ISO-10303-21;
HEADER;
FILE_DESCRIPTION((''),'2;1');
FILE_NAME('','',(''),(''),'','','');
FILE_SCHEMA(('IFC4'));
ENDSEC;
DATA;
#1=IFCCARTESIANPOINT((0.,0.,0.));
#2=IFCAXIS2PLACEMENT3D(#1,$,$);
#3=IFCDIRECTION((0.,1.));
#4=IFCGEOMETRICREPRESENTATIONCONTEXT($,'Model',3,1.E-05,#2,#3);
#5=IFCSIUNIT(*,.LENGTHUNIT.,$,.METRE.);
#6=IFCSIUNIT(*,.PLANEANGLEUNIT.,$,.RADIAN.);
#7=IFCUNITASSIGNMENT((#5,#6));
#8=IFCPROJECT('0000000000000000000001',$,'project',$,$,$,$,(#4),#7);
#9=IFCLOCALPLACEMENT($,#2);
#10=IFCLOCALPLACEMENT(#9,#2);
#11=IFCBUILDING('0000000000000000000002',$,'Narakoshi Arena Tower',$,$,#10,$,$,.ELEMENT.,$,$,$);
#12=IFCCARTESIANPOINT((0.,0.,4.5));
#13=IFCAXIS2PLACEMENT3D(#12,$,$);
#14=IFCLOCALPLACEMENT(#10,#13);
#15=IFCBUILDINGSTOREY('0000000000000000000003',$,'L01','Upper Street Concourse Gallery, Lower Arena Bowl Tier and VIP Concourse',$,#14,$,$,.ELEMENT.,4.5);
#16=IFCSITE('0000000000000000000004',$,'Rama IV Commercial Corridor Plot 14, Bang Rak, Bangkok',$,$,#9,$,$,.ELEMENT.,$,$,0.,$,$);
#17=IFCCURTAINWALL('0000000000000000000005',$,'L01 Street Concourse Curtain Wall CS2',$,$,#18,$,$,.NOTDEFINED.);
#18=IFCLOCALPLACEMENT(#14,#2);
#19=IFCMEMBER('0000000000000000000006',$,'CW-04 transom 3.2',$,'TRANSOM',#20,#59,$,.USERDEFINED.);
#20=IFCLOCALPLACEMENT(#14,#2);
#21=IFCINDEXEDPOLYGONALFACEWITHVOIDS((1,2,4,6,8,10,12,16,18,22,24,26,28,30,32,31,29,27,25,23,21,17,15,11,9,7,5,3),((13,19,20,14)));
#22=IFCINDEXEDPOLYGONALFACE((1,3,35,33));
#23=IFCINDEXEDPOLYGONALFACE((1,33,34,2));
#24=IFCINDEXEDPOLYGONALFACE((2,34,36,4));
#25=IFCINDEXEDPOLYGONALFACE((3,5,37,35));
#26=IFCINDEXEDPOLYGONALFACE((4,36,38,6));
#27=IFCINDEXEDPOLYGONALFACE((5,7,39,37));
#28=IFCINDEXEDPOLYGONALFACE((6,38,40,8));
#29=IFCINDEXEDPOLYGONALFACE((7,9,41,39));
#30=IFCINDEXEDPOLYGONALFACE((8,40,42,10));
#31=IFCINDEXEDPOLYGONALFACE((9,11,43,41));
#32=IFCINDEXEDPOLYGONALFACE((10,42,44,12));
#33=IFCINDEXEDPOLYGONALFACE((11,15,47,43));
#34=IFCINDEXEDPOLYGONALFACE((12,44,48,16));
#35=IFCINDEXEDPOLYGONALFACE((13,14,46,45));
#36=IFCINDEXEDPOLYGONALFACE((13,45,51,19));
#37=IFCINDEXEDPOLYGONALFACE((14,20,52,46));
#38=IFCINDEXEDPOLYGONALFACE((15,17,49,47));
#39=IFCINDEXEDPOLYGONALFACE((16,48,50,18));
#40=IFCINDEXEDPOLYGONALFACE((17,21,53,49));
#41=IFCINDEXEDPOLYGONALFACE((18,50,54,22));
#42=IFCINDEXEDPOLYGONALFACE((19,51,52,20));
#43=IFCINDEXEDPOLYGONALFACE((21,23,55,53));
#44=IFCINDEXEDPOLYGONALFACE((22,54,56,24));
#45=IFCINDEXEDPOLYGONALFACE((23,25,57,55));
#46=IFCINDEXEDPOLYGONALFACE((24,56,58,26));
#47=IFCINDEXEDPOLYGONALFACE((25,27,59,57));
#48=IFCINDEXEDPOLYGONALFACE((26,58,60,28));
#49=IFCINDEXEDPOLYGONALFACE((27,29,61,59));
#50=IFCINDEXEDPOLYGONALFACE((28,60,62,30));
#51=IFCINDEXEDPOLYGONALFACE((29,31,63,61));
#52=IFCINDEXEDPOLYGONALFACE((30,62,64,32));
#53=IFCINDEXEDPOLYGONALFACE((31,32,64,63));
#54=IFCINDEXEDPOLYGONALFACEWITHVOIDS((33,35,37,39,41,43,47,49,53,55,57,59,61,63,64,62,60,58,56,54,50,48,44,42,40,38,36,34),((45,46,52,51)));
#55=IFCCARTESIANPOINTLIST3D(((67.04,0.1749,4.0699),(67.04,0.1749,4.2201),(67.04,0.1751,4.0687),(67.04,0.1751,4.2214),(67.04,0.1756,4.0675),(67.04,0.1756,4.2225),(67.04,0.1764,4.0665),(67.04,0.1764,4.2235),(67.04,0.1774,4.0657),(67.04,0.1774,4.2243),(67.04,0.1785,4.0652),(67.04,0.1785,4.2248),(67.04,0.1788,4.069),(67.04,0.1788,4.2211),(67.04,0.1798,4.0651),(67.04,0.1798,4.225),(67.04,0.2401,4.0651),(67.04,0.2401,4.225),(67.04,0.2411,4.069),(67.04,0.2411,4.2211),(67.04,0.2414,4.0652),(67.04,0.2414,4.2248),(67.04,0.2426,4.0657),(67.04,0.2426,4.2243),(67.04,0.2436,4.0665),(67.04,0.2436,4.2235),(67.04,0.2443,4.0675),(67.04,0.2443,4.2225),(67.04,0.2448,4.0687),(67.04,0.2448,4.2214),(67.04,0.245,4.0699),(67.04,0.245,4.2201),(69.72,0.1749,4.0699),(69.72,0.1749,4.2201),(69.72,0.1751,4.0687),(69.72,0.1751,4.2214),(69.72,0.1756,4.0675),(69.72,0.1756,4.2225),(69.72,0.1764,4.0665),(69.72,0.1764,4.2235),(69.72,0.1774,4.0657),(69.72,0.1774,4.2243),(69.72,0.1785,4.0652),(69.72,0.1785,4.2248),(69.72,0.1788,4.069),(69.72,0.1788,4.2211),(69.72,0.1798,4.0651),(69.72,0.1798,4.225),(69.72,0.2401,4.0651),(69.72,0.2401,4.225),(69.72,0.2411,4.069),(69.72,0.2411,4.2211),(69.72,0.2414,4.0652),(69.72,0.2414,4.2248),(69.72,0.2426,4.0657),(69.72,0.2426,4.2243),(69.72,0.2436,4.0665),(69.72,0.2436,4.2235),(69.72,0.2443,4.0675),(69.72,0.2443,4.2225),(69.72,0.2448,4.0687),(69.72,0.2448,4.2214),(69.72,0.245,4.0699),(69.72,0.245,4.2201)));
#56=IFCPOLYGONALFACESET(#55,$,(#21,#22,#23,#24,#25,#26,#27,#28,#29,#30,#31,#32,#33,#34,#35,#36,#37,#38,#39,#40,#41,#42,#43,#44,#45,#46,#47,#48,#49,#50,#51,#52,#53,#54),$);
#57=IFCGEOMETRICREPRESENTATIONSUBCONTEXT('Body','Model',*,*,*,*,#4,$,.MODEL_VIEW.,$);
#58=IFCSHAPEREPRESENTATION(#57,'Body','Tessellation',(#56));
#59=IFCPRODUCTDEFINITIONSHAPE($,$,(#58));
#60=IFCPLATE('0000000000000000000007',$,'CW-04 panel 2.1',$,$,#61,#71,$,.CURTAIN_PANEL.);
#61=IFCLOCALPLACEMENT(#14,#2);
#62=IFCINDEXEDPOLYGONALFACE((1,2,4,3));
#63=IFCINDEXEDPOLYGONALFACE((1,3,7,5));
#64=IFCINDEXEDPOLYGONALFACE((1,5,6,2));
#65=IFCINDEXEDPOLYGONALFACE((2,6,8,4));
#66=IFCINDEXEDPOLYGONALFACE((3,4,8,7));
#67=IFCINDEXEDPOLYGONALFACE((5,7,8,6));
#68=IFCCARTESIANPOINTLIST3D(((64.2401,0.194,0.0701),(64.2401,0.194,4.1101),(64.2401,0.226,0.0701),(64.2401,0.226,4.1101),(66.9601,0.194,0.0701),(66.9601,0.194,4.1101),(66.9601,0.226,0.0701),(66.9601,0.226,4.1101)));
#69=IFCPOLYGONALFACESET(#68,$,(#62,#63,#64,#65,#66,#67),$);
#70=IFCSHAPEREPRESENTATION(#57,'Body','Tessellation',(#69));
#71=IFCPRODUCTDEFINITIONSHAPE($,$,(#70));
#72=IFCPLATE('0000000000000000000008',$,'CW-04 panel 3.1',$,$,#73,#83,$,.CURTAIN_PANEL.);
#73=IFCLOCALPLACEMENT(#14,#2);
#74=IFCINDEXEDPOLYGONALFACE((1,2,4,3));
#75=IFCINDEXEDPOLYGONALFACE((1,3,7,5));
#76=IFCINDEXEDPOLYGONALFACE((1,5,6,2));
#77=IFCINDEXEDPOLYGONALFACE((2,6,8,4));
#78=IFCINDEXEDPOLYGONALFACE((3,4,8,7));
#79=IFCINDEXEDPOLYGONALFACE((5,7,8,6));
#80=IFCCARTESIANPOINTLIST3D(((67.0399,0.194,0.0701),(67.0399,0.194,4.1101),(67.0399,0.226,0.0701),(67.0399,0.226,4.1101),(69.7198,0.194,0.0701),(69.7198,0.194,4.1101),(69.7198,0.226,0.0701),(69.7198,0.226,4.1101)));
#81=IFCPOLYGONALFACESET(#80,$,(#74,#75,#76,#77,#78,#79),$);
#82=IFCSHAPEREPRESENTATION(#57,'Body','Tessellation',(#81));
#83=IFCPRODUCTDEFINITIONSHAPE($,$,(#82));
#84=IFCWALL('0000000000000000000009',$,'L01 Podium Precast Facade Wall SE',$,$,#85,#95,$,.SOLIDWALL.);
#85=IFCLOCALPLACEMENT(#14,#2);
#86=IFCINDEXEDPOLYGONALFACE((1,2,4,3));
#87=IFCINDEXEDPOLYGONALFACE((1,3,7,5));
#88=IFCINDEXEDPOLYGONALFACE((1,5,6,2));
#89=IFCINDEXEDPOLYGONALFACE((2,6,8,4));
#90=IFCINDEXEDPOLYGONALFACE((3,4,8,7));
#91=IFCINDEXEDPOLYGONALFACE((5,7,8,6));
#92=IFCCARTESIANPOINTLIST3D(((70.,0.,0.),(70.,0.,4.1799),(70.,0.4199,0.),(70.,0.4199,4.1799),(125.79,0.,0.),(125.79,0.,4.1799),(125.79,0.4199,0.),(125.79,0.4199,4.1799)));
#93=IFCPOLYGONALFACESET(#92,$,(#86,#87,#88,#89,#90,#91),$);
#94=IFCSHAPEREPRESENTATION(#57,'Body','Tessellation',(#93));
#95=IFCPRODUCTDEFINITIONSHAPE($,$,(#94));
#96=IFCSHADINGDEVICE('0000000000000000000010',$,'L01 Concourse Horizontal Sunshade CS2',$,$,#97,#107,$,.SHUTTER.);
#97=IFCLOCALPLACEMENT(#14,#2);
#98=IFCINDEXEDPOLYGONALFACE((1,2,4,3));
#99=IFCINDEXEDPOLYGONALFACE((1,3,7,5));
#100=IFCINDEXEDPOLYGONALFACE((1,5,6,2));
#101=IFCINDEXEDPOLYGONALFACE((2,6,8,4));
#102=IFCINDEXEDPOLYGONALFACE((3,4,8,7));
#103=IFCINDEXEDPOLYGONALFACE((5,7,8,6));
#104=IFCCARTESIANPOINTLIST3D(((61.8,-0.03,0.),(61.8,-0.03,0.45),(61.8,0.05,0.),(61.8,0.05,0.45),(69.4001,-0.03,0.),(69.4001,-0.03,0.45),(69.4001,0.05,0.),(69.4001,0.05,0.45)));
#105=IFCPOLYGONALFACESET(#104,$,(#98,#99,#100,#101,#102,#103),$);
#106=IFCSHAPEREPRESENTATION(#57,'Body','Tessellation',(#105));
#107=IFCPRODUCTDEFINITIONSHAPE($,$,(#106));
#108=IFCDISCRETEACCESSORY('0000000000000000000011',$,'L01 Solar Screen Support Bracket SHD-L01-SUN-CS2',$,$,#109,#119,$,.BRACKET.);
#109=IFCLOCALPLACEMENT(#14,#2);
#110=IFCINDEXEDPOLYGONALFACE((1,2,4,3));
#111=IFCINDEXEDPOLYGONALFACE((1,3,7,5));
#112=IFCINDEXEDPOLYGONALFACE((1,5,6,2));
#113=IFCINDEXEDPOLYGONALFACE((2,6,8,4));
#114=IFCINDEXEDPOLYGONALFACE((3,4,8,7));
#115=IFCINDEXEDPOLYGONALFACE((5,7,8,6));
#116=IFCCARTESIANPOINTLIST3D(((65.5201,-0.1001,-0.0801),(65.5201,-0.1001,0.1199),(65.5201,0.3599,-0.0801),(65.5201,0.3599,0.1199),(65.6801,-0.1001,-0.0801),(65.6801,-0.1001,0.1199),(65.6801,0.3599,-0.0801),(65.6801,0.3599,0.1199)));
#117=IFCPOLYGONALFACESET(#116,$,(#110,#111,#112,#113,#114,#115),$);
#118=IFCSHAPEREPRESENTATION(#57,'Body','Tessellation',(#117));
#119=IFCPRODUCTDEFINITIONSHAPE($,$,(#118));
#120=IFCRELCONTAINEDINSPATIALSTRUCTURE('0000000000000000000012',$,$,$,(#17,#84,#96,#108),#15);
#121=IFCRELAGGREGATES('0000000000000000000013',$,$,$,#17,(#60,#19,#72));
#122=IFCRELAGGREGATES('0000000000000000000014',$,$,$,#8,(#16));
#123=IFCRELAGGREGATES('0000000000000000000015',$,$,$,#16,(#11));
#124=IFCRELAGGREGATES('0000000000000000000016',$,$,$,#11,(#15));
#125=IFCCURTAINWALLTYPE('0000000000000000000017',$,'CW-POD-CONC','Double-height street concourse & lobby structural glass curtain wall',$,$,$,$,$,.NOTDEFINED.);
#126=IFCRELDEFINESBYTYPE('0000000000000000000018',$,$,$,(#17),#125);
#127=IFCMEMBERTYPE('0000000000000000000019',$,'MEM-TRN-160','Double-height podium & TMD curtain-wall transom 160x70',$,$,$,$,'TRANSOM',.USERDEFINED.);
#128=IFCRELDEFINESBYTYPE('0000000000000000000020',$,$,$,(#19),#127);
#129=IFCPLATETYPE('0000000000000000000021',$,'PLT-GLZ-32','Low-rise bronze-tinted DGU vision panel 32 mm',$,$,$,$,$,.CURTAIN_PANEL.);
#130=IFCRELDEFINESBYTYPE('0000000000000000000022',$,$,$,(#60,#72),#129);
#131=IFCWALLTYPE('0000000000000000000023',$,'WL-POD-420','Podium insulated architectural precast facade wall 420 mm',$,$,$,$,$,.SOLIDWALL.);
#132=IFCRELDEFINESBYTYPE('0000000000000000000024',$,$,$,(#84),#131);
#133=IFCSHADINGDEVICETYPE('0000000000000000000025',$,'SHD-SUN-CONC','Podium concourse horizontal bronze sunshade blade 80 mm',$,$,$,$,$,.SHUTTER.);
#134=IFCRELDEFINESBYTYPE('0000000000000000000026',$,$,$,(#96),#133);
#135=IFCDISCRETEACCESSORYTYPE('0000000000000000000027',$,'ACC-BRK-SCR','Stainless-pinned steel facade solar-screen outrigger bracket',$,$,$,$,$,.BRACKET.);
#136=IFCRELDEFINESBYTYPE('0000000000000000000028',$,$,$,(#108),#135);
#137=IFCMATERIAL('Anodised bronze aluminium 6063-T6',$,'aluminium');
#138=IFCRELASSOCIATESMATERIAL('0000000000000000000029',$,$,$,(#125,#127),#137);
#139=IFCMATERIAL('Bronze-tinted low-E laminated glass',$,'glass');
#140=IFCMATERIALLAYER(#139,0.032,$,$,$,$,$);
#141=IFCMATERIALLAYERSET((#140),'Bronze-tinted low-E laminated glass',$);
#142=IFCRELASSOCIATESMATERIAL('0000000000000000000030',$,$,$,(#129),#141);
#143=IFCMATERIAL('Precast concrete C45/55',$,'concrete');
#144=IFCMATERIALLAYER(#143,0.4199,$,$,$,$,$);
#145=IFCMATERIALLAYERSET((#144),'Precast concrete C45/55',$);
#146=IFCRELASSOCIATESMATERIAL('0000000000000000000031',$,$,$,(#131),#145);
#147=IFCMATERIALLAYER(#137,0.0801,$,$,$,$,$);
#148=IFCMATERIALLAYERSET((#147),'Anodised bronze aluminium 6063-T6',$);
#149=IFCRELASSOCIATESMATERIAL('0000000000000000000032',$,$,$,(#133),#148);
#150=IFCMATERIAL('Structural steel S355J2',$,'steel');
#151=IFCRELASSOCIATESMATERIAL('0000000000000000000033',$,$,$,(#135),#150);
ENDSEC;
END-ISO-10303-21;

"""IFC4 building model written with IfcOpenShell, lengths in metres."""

from ifc_helpers import new_model, si_unit, direction, frame, frame_2d, origin, origin_2d, place, context, subcontext, project, spatial, rectangle, hollow_rectangle, extrude, material, layer, layer_set, material_profile, profile_set, type_object, element, aggregate, save


model = new_model("IFC4")

# Units and contexts
model_context = context("Model", 3, precision=1e-05, world=origin(), true_north=direction((0.0, 1.0)))
body_context = subcontext(model_context, "Body", "Model", "MODEL_VIEW")
ifc_project = project(units=[si_unit("LENGTHUNIT", "METRE"), si_unit("PLANEANGLEUNIT", "RADIAN")], contexts=[model_context])

# Site, building, storey
site_placement = place(None, origin())
site = spatial("IfcSite", under=ifc_project, at=site_placement, Name="Rama IV Commercial Corridor Plot 14, Bang Rak, Bangkok", CompositionType="ELEMENT", RefElevation=0.0)
building_placement = place(site_placement, origin())
building = spatial("IfcBuilding", under=site, at=building_placement, Name="Narakoshi Arena Tower", CompositionType="ELEMENT")
storey_placement = place(building_placement, frame((0.0, 0.0, 4.5)))
storey = spatial("IfcBuildingStorey", under=building, at=storey_placement, Name="L01", Description="Upper Street Concourse Gallery, Lower Arena Bowl Tier and VIP Concourse", CompositionType="ELEMENT", Elevation=4.5)

# Shared definitions
ifc_material_1 = material(Name="Structural steel S355J2", Category="steel")

# Curtain wall, member, plates
ifc_material_2 = material(Name="Anodised bronze aluminium 6063-T6", Category="aluminium")
curtain_wall_type = type_object("IfcCurtainWallType", Name="CW-POD-CONC", Description="Double-height street concourse & lobby structural glass curtain wall", PredefinedType="NOTDEFINED", material=ifc_material_2)
curtain_wall_placement = place(storey_placement, origin())
curtain_wall = element("IfcCurtainWall", 1, at=curtain_wall_placement, inside=storey, type_object=curtain_wall_type, Name="L01 Street Concourse Curtain Wall CS2", PredefinedType="NOTDEFINED")
ifc_material_profile_1 = material_profile(ifc_material_2, hollow_rectangle(XDim=0.0701, YDim=0.1599, WallThickness=0.0039, OuterFilletRadius=0.0049, at=origin_2d()), Name="TRN160x70x4")
ifc_profile_set_1 = profile_set([ifc_material_profile_1], Name="Anodised bronze aluminium 6063-T6")
member_type_1 = type_object("IfcMemberType", Name="MEM-TRN-160", Description="Double-height podium & TMD curtain-wall transom 160x70", ElementType="TRANSOM", PredefinedType="USERDEFINED", material=ifc_profile_set_1)
member_1_placement = place(storey_placement, frame((67.04, 0.21, 4.145), z_axis=(1.0, 0.0, 0.0), x_axis=(0.0, 1.0, 0.0)))
member_1 = element("IfcMember", 2, at=member_1_placement, type_object=member_type_1, Name="CW-04 transom 3.2", ObjectType="TRANSOM", PredefinedType="USERDEFINED", context=body_context, shape_type="SweptSolid", body=[
    extrude(hollow_rectangle(XDim=0.0701, YDim=0.1599, WallThickness=0.0039, OuterFilletRadius=0.0049, at=origin_2d()), origin(), (0.0, 0.0, 1.0), 2.6799),
])
ifc_material_3 = material(Name="Bronze-tinted low-E laminated glass", Category="glass")
ifc_layer_1 = layer(ifc_material_3, 0.032)
ifc_layer_set_1 = layer_set([ifc_layer_1], Name="Bronze-tinted low-E laminated glass")
plate_type = type_object("IfcPlateType", Name="PLT-GLZ-32", Description="Low-rise bronze-tinted DGU vision panel 32 mm", PredefinedType="CURTAIN_PANEL", material=ifc_layer_set_1)
plate_1_placement = place(storey_placement, frame((65.6001, 0.21, 0.0701), z_axis=(0.0, 0.0, 1.0), x_axis=(1.0, 0.0, 0.0)))
plate_1 = element("IfcPlate", 3, at=plate_1_placement, type_object=plate_type, Name="CW-04 panel 2.1", PredefinedType="CURTAIN_PANEL", context=body_context, shape_type="SweptSolid", body=[
    extrude(rectangle(XDim=2.72, YDim=0.032, at=origin_2d()), origin(), (0.0, 0.0, 1.0), 4.04),
])
plate_2_placement = place(storey_placement, frame((68.3799, 0.21, 0.0701), z_axis=(0.0, 0.0, 1.0), x_axis=(1.0, 0.0, 0.0)))
plate_2 = element("IfcPlate", 4, at=plate_2_placement, type_object=plate_type, Name="CW-04 panel 3.1", PredefinedType="CURTAIN_PANEL", context=body_context, shape_type="SweptSolid", body=[
    extrude(rectangle(XDim=2.6799, YDim=0.032, at=origin_2d()), origin(), (0.0, 0.0, 1.0), 4.04),
])
aggregate(curtain_wall, [plate_1, member_1, plate_2])

# Wall
ifc_material_4 = material(Name="Precast concrete C45/55", Category="concrete")
ifc_layer_2 = layer(ifc_material_4, 0.4199)
ifc_layer_set_2 = layer_set([ifc_layer_2], Name="Precast concrete C45/55")
wall_type = type_object("IfcWallType", Name="WL-POD-420", Description="Podium insulated architectural precast facade wall 420 mm", PredefinedType="SOLIDWALL", material=ifc_layer_set_2)
wall_placement = place(storey_placement, frame((70.0, 0.21, 0.0), z_axis=(0.0, 0.0, 1.0), x_axis=(1.0, 0.0, 0.0)))
element("IfcWall", 5, at=wall_placement, inside=storey, type_object=wall_type, Name="L01 Podium Precast Facade Wall SE", PredefinedType="SOLIDWALL", context=body_context, shape_type="SweptSolid", body=[
    extrude(rectangle(XDim=55.79, YDim=0.4199, at=frame_2d((27.895, 0.0))), origin(), (0.0, 0.0, 1.0), 4.1799),
])

# Shading device
ifc_layer_3 = layer(ifc_material_2, 0.0801)
ifc_layer_set_3 = layer_set([ifc_layer_3], Name="Anodised bronze aluminium 6063-T6")
shading_device_type = type_object("IfcShadingDeviceType", Name="SHD-SUN-CONC", Description="Podium concourse horizontal bronze sunshade blade 80 mm", PredefinedType="SHUTTER", material=ifc_layer_set_3)
shading_device_placement = place(storey_placement, frame((65.6001, 0.01, 0.0), z_axis=(0.0, 0.0, 1.0), x_axis=(1.0, 0.0, 0.0)))
element("IfcShadingDevice", 6, at=shading_device_placement, inside=storey, type_object=shading_device_type, Name="L01 Concourse Horizontal Sunshade CS2", PredefinedType="SHUTTER", context=body_context, shape_type="SweptSolid", body=[
    extrude(rectangle(XDim=7.6001, YDim=0.0801, at=origin_2d()), origin(), (0.0, 0.0, 1.0), 0.45),
])

# Discrete accessory
discrete_accessory_type = type_object("IfcDiscreteAccessoryType", Name="ACC-BRK-SCR", Description="Stainless-pinned steel facade solar-screen outrigger bracket", PredefinedType="BRACKET", material=ifc_material_1)
discrete_accessory_placement = place(storey_placement, frame((65.6001, 0.1299, -0.0801), z_axis=(0.0, 0.0, 1.0), x_axis=(1.0, 0.0, 0.0)))
element("IfcDiscreteAccessory", 7, at=discrete_accessory_placement, inside=storey, type_object=discrete_accessory_type, Name="L01 Solar Screen Support Bracket SHD-L01-SUN-CS2", PredefinedType="BRACKET", context=body_context, shape_type="SweptSolid", body=[
    extrude(rectangle(XDim=0.1599, YDim=0.46, at=origin_2d()), origin(), (0.0, 0.0, 1.0), 0.2),
])

save(model, "model.ifc")
